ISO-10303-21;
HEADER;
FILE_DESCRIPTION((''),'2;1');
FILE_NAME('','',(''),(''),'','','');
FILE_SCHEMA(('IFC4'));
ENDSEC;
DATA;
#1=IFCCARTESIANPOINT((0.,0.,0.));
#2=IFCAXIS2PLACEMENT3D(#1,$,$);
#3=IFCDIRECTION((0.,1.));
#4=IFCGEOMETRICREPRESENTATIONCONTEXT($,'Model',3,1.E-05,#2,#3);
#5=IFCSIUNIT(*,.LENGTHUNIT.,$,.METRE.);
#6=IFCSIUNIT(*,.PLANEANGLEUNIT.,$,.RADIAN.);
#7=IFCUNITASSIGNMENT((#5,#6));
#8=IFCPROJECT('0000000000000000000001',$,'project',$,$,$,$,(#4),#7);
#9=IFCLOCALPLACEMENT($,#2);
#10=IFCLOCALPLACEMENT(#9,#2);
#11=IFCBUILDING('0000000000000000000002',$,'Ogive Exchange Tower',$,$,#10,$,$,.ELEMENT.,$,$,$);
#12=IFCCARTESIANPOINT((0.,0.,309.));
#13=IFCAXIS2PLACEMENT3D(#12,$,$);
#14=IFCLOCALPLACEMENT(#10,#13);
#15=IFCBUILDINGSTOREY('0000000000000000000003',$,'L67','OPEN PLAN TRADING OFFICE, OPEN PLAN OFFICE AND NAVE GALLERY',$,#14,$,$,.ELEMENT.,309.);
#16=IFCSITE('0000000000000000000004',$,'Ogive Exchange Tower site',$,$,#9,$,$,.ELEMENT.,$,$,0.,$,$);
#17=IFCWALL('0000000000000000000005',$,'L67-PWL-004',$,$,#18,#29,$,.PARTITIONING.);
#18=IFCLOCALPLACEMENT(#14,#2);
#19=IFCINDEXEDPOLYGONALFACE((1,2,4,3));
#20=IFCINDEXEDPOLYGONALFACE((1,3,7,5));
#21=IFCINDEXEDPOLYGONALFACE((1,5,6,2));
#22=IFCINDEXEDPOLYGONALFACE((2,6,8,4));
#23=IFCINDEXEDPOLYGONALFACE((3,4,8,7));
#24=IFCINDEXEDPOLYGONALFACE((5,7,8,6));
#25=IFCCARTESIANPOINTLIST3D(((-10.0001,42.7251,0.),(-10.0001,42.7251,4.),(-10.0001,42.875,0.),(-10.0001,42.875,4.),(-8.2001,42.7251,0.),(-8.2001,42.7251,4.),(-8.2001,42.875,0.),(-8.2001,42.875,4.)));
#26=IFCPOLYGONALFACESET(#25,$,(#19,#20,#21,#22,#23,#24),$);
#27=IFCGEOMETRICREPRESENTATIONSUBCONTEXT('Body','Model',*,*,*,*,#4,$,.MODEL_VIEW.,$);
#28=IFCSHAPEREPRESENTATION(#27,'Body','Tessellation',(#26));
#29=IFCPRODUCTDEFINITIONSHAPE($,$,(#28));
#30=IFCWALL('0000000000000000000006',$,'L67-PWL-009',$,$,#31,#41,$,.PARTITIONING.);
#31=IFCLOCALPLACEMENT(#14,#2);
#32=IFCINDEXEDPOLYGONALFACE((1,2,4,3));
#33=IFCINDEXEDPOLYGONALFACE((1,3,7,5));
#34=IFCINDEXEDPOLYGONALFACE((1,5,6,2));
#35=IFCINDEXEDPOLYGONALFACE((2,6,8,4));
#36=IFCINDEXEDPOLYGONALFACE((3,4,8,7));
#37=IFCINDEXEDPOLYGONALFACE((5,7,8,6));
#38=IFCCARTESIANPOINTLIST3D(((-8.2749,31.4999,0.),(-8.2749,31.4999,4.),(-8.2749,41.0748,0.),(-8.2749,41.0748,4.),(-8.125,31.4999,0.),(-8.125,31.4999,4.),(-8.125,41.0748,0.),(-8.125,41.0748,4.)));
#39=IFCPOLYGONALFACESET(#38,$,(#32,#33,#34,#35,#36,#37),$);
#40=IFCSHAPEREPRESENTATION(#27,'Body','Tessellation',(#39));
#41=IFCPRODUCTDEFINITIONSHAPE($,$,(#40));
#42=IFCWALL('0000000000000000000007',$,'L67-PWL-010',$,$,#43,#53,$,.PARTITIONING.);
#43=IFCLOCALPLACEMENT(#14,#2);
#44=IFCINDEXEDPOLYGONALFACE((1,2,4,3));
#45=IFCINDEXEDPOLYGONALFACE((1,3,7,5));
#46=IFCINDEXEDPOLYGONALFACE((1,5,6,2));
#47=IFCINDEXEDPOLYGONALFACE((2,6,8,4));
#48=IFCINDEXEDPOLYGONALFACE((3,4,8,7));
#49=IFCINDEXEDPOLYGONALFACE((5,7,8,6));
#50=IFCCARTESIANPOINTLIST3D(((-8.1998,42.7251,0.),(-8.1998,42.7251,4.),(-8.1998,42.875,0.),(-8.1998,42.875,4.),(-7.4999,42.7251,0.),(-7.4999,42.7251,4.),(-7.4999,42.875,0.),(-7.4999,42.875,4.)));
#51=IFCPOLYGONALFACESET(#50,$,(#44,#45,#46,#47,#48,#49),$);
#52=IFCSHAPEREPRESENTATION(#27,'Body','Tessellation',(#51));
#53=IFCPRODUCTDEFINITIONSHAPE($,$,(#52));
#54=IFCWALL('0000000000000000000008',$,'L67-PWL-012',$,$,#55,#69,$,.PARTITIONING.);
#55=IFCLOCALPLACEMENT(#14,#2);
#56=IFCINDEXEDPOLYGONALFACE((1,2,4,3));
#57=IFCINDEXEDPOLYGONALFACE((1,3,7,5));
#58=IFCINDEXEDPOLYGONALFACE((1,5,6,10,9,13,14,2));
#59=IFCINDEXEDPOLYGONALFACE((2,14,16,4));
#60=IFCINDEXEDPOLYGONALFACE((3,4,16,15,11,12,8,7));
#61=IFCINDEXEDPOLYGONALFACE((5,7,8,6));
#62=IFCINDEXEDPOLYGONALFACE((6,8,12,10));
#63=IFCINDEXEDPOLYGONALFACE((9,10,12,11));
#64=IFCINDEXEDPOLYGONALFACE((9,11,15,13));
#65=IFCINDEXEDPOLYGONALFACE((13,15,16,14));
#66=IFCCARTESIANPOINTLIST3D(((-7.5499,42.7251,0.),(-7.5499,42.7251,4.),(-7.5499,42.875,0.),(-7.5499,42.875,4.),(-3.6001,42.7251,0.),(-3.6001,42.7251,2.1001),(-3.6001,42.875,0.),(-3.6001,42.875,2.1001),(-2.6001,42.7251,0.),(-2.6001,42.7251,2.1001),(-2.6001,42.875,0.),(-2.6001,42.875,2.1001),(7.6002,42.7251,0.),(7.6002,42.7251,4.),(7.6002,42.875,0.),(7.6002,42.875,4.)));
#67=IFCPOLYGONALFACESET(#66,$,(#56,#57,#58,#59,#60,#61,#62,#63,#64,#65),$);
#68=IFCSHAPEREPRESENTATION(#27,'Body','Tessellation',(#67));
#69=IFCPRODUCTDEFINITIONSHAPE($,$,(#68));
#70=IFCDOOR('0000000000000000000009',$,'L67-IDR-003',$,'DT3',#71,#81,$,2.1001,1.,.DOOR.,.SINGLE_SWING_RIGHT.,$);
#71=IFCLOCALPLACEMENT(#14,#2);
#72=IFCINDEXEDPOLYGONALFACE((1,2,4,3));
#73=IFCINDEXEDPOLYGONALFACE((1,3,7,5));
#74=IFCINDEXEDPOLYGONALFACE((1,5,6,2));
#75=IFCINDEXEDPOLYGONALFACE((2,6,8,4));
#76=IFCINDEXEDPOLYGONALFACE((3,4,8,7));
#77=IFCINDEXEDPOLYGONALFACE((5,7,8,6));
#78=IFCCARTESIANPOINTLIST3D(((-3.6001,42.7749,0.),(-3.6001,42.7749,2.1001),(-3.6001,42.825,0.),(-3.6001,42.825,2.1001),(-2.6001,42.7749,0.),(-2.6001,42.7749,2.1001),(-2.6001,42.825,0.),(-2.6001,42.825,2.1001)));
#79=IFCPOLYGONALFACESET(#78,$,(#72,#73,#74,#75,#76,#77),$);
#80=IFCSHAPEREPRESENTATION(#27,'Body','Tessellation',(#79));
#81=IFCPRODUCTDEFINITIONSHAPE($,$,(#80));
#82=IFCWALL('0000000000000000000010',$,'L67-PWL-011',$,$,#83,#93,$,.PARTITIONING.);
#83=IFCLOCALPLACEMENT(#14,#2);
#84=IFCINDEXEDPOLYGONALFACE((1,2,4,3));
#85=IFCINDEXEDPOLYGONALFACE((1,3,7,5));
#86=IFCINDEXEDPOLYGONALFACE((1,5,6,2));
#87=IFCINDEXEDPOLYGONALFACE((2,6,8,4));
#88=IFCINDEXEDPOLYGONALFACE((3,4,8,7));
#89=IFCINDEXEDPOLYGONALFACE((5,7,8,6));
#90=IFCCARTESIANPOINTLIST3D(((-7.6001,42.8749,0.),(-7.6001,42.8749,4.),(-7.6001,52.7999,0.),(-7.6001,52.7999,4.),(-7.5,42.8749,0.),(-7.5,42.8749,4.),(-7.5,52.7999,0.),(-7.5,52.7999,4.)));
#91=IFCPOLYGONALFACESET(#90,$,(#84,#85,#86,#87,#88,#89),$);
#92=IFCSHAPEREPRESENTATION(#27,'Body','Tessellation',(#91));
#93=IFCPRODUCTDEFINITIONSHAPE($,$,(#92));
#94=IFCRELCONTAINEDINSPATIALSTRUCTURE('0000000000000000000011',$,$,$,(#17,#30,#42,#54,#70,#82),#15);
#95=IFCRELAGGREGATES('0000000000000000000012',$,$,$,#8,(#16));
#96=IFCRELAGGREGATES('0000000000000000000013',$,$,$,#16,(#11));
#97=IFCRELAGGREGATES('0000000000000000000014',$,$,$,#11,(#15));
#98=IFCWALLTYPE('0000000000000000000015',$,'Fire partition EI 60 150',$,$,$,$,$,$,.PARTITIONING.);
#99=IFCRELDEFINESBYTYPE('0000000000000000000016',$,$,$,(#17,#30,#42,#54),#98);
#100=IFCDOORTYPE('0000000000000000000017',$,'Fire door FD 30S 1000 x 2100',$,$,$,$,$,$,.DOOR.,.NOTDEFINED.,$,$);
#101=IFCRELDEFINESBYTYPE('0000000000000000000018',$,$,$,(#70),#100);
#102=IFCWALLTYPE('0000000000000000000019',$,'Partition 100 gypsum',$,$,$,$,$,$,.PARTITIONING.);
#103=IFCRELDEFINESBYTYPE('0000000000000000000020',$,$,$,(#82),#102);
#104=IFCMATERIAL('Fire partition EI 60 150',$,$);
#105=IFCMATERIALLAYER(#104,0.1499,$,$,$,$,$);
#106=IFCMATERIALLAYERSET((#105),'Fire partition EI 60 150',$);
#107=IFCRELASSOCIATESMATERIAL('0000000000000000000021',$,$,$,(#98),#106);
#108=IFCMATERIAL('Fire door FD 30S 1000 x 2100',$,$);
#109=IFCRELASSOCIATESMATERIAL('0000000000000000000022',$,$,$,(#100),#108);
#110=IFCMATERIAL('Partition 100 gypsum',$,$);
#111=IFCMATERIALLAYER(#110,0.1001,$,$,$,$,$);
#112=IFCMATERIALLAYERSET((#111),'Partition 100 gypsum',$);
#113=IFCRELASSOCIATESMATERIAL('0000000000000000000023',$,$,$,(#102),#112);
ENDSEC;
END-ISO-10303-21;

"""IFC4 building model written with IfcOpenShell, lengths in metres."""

from ifc_helpers import new_model, si_unit, direction, frame, frame_2d, origin, place, context, subcontext, project, spatial, rectangle, extrude, material, layer, layer_set, type_object, element, fill, save


model = new_model("IFC4")

# Units and contexts
model_context = context("Model", 3, precision=1e-05, world=origin(), true_north=direction((0.0, 1.0)))
body_context = subcontext(model_context, "Body", "Model", "MODEL_VIEW")
ifc_project = project(units=[si_unit("LENGTHUNIT", "METRE"), si_unit("PLANEANGLEUNIT", "RADIAN")], contexts=[model_context])

# Site, building, storey
site_placement = place(None, origin())
site = spatial("IfcSite", under=ifc_project, at=site_placement, Name="Ogive Exchange Tower site", CompositionType="ELEMENT", RefElevation=0.0)
building_placement = place(site_placement, origin())
building = spatial("IfcBuilding", under=site, at=building_placement, Name="Ogive Exchange Tower", CompositionType="ELEMENT")
storey_placement = place(building_placement, frame((0.0, 0.0, 309.0)))
storey = spatial("IfcBuildingStorey", under=building, at=storey_placement, Name="L67", Description="OPEN PLAN TRADING OFFICE, OPEN PLAN OFFICE AND NAVE GALLERY", CompositionType="ELEMENT", Elevation=309.0)

# Walls
ifc_material_1 = material(Name="Fire partition EI 60 150")
ifc_layer_1 = layer(ifc_material_1, 0.1499)
ifc_layer_set_1 = layer_set([ifc_layer_1], Name="Fire partition EI 60 150")
wall_type_1 = type_object("IfcWallType", Name="Fire partition EI 60 150", PredefinedType="PARTITIONING", material=ifc_layer_set_1)
wall_1_placement = place(storey_placement, frame((-10.0, 42.8, 0.0), z_axis=(0.0, 0.0, 1.0), x_axis=(1.0, 0.0, 0.0)))
element("IfcWall", 1, at=wall_1_placement, inside=storey, type_object=wall_type_1, Name="L67-PWL-004", PredefinedType="PARTITIONING", context=body_context, shape_type="SweptSolid", body=[
    extrude(rectangle(XDim=1.8, YDim=0.1499, at=frame_2d((0.8999, 0.0))), origin(), (0.0, 0.0, 1.0), 4.0),
])
wall_2_placement = place(storey_placement, frame((-8.2, 41.075, 0.0), z_axis=(0.0, 0.0, 1.0), x_axis=(0.0, -1.0, 0.0)))
element("IfcWall", 2, at=wall_2_placement, inside=storey, type_object=wall_type_1, Name="L67-PWL-009", PredefinedType="PARTITIONING", context=body_context, shape_type="SweptSolid", body=[
    extrude(rectangle(XDim=9.575, YDim=0.1499, at=frame_2d((4.7876, 0.0))), origin(), (0.0, 0.0, 1.0), 4.0),
])
wall_3_placement = place(storey_placement, frame((-8.2, 42.8, 0.0), z_axis=(0.0, 0.0, 1.0), x_axis=(1.0, 0.0, 0.0)))
element("IfcWall", 3, at=wall_3_placement, inside=storey, type_object=wall_type_1, Name="L67-PWL-010", PredefinedType="PARTITIONING", context=body_context, shape_type="SweptSolid", body=[
    extrude(rectangle(XDim=0.7, YDim=0.1499, at=frame_2d((0.3501, 0.0))), origin(), (0.0, 0.0, 1.0), 4.0),
])

# Wall, opening, door
wall_4_placement = place(storey_placement, frame((-7.55, 42.8, 0.0), z_axis=(0.0, 0.0, 1.0), x_axis=(1.0, 0.0, 0.0)))
wall_4 = element("IfcWall", 4, at=wall_4_placement, inside=storey, type_object=wall_type_1, Name="L67-PWL-012", PredefinedType="PARTITIONING", context=body_context, shape_type="SweptSolid", body=[
    extrude(rectangle(XDim=15.1501, YDim=0.1499, at=frame_2d((7.5752, 0.0))), origin(), (0.0, 0.0, 1.0), 4.0),
])
opening_placement = place(wall_4_placement, frame((3.95, 0.0, 0.0)))
opening = element("IfcOpeningElement", 5, at=opening_placement, cuts=wall_4, PredefinedType="OPENING", context=body_context, shape_type="SweptSolid", body=[
    extrude(rectangle(XDim=1.0, YDim=2.1001, at=frame_2d((0.5, 1.05))), frame((0.0, 0.085, 0.0), z_axis=(0.0, -1.0, 0.0), x_axis=(1.0, 0.0, 0.0)), (0.0, 0.0, 1.0), 0.1699),
])
ifc_material_2 = material(Name="Fire door FD 30S 1000 x 2100")
door_type = type_object("IfcDoorType", Name="Fire door FD 30S 1000 x 2100", OperationType="NOTDEFINED", PredefinedType="DOOR", material=ifc_material_2)
door_placement = place(opening_placement, origin())
door = element("IfcDoor", 6, at=door_placement, inside=storey, type_object=door_type, Name="L67-IDR-003", ObjectType="DT3", OperationType="SINGLE_SWING_RIGHT", OverallHeight=2.1001, OverallWidth=1.0, PredefinedType="DOOR", context=body_context, shape_type="SweptSolid", body=[
    extrude(rectangle(XDim=1.0, YDim=2.1001, at=frame_2d((0.5, 1.05))), frame((0.0, 0.0249, 0.0), z_axis=(0.0, -1.0, 0.0), x_axis=(1.0, 0.0, 0.0)), (0.0, 0.0, 1.0), 0.05),
])
fill(opening, door)

# Wall
ifc_material_3 = material(Name="Partition 100 gypsum")
ifc_layer_2 = layer(ifc_material_3, 0.1001)
ifc_layer_set_2 = layer_set([ifc_layer_2], Name="Partition 100 gypsum")
wall_type_2 = type_object("IfcWallType", Name="Partition 100 gypsum", PredefinedType="PARTITIONING", material=ifc_layer_set_2)
wall_5_placement = place(storey_placement, frame((-7.55, 42.875, 0.0), z_axis=(0.0, 0.0, 1.0), x_axis=(0.0, 1.0, 0.0)))
element("IfcWall", 7, at=wall_5_placement, inside=storey, type_object=wall_type_2, Name="L67-PWL-011", PredefinedType="PARTITIONING", context=body_context, shape_type="SweptSolid", body=[
    extrude(rectangle(XDim=9.925, YDim=0.1001, at=frame_2d((4.9624, 0.0))), origin(), (0.0, 0.0, 1.0), 4.0),
])

save(model, "model.ifc")
